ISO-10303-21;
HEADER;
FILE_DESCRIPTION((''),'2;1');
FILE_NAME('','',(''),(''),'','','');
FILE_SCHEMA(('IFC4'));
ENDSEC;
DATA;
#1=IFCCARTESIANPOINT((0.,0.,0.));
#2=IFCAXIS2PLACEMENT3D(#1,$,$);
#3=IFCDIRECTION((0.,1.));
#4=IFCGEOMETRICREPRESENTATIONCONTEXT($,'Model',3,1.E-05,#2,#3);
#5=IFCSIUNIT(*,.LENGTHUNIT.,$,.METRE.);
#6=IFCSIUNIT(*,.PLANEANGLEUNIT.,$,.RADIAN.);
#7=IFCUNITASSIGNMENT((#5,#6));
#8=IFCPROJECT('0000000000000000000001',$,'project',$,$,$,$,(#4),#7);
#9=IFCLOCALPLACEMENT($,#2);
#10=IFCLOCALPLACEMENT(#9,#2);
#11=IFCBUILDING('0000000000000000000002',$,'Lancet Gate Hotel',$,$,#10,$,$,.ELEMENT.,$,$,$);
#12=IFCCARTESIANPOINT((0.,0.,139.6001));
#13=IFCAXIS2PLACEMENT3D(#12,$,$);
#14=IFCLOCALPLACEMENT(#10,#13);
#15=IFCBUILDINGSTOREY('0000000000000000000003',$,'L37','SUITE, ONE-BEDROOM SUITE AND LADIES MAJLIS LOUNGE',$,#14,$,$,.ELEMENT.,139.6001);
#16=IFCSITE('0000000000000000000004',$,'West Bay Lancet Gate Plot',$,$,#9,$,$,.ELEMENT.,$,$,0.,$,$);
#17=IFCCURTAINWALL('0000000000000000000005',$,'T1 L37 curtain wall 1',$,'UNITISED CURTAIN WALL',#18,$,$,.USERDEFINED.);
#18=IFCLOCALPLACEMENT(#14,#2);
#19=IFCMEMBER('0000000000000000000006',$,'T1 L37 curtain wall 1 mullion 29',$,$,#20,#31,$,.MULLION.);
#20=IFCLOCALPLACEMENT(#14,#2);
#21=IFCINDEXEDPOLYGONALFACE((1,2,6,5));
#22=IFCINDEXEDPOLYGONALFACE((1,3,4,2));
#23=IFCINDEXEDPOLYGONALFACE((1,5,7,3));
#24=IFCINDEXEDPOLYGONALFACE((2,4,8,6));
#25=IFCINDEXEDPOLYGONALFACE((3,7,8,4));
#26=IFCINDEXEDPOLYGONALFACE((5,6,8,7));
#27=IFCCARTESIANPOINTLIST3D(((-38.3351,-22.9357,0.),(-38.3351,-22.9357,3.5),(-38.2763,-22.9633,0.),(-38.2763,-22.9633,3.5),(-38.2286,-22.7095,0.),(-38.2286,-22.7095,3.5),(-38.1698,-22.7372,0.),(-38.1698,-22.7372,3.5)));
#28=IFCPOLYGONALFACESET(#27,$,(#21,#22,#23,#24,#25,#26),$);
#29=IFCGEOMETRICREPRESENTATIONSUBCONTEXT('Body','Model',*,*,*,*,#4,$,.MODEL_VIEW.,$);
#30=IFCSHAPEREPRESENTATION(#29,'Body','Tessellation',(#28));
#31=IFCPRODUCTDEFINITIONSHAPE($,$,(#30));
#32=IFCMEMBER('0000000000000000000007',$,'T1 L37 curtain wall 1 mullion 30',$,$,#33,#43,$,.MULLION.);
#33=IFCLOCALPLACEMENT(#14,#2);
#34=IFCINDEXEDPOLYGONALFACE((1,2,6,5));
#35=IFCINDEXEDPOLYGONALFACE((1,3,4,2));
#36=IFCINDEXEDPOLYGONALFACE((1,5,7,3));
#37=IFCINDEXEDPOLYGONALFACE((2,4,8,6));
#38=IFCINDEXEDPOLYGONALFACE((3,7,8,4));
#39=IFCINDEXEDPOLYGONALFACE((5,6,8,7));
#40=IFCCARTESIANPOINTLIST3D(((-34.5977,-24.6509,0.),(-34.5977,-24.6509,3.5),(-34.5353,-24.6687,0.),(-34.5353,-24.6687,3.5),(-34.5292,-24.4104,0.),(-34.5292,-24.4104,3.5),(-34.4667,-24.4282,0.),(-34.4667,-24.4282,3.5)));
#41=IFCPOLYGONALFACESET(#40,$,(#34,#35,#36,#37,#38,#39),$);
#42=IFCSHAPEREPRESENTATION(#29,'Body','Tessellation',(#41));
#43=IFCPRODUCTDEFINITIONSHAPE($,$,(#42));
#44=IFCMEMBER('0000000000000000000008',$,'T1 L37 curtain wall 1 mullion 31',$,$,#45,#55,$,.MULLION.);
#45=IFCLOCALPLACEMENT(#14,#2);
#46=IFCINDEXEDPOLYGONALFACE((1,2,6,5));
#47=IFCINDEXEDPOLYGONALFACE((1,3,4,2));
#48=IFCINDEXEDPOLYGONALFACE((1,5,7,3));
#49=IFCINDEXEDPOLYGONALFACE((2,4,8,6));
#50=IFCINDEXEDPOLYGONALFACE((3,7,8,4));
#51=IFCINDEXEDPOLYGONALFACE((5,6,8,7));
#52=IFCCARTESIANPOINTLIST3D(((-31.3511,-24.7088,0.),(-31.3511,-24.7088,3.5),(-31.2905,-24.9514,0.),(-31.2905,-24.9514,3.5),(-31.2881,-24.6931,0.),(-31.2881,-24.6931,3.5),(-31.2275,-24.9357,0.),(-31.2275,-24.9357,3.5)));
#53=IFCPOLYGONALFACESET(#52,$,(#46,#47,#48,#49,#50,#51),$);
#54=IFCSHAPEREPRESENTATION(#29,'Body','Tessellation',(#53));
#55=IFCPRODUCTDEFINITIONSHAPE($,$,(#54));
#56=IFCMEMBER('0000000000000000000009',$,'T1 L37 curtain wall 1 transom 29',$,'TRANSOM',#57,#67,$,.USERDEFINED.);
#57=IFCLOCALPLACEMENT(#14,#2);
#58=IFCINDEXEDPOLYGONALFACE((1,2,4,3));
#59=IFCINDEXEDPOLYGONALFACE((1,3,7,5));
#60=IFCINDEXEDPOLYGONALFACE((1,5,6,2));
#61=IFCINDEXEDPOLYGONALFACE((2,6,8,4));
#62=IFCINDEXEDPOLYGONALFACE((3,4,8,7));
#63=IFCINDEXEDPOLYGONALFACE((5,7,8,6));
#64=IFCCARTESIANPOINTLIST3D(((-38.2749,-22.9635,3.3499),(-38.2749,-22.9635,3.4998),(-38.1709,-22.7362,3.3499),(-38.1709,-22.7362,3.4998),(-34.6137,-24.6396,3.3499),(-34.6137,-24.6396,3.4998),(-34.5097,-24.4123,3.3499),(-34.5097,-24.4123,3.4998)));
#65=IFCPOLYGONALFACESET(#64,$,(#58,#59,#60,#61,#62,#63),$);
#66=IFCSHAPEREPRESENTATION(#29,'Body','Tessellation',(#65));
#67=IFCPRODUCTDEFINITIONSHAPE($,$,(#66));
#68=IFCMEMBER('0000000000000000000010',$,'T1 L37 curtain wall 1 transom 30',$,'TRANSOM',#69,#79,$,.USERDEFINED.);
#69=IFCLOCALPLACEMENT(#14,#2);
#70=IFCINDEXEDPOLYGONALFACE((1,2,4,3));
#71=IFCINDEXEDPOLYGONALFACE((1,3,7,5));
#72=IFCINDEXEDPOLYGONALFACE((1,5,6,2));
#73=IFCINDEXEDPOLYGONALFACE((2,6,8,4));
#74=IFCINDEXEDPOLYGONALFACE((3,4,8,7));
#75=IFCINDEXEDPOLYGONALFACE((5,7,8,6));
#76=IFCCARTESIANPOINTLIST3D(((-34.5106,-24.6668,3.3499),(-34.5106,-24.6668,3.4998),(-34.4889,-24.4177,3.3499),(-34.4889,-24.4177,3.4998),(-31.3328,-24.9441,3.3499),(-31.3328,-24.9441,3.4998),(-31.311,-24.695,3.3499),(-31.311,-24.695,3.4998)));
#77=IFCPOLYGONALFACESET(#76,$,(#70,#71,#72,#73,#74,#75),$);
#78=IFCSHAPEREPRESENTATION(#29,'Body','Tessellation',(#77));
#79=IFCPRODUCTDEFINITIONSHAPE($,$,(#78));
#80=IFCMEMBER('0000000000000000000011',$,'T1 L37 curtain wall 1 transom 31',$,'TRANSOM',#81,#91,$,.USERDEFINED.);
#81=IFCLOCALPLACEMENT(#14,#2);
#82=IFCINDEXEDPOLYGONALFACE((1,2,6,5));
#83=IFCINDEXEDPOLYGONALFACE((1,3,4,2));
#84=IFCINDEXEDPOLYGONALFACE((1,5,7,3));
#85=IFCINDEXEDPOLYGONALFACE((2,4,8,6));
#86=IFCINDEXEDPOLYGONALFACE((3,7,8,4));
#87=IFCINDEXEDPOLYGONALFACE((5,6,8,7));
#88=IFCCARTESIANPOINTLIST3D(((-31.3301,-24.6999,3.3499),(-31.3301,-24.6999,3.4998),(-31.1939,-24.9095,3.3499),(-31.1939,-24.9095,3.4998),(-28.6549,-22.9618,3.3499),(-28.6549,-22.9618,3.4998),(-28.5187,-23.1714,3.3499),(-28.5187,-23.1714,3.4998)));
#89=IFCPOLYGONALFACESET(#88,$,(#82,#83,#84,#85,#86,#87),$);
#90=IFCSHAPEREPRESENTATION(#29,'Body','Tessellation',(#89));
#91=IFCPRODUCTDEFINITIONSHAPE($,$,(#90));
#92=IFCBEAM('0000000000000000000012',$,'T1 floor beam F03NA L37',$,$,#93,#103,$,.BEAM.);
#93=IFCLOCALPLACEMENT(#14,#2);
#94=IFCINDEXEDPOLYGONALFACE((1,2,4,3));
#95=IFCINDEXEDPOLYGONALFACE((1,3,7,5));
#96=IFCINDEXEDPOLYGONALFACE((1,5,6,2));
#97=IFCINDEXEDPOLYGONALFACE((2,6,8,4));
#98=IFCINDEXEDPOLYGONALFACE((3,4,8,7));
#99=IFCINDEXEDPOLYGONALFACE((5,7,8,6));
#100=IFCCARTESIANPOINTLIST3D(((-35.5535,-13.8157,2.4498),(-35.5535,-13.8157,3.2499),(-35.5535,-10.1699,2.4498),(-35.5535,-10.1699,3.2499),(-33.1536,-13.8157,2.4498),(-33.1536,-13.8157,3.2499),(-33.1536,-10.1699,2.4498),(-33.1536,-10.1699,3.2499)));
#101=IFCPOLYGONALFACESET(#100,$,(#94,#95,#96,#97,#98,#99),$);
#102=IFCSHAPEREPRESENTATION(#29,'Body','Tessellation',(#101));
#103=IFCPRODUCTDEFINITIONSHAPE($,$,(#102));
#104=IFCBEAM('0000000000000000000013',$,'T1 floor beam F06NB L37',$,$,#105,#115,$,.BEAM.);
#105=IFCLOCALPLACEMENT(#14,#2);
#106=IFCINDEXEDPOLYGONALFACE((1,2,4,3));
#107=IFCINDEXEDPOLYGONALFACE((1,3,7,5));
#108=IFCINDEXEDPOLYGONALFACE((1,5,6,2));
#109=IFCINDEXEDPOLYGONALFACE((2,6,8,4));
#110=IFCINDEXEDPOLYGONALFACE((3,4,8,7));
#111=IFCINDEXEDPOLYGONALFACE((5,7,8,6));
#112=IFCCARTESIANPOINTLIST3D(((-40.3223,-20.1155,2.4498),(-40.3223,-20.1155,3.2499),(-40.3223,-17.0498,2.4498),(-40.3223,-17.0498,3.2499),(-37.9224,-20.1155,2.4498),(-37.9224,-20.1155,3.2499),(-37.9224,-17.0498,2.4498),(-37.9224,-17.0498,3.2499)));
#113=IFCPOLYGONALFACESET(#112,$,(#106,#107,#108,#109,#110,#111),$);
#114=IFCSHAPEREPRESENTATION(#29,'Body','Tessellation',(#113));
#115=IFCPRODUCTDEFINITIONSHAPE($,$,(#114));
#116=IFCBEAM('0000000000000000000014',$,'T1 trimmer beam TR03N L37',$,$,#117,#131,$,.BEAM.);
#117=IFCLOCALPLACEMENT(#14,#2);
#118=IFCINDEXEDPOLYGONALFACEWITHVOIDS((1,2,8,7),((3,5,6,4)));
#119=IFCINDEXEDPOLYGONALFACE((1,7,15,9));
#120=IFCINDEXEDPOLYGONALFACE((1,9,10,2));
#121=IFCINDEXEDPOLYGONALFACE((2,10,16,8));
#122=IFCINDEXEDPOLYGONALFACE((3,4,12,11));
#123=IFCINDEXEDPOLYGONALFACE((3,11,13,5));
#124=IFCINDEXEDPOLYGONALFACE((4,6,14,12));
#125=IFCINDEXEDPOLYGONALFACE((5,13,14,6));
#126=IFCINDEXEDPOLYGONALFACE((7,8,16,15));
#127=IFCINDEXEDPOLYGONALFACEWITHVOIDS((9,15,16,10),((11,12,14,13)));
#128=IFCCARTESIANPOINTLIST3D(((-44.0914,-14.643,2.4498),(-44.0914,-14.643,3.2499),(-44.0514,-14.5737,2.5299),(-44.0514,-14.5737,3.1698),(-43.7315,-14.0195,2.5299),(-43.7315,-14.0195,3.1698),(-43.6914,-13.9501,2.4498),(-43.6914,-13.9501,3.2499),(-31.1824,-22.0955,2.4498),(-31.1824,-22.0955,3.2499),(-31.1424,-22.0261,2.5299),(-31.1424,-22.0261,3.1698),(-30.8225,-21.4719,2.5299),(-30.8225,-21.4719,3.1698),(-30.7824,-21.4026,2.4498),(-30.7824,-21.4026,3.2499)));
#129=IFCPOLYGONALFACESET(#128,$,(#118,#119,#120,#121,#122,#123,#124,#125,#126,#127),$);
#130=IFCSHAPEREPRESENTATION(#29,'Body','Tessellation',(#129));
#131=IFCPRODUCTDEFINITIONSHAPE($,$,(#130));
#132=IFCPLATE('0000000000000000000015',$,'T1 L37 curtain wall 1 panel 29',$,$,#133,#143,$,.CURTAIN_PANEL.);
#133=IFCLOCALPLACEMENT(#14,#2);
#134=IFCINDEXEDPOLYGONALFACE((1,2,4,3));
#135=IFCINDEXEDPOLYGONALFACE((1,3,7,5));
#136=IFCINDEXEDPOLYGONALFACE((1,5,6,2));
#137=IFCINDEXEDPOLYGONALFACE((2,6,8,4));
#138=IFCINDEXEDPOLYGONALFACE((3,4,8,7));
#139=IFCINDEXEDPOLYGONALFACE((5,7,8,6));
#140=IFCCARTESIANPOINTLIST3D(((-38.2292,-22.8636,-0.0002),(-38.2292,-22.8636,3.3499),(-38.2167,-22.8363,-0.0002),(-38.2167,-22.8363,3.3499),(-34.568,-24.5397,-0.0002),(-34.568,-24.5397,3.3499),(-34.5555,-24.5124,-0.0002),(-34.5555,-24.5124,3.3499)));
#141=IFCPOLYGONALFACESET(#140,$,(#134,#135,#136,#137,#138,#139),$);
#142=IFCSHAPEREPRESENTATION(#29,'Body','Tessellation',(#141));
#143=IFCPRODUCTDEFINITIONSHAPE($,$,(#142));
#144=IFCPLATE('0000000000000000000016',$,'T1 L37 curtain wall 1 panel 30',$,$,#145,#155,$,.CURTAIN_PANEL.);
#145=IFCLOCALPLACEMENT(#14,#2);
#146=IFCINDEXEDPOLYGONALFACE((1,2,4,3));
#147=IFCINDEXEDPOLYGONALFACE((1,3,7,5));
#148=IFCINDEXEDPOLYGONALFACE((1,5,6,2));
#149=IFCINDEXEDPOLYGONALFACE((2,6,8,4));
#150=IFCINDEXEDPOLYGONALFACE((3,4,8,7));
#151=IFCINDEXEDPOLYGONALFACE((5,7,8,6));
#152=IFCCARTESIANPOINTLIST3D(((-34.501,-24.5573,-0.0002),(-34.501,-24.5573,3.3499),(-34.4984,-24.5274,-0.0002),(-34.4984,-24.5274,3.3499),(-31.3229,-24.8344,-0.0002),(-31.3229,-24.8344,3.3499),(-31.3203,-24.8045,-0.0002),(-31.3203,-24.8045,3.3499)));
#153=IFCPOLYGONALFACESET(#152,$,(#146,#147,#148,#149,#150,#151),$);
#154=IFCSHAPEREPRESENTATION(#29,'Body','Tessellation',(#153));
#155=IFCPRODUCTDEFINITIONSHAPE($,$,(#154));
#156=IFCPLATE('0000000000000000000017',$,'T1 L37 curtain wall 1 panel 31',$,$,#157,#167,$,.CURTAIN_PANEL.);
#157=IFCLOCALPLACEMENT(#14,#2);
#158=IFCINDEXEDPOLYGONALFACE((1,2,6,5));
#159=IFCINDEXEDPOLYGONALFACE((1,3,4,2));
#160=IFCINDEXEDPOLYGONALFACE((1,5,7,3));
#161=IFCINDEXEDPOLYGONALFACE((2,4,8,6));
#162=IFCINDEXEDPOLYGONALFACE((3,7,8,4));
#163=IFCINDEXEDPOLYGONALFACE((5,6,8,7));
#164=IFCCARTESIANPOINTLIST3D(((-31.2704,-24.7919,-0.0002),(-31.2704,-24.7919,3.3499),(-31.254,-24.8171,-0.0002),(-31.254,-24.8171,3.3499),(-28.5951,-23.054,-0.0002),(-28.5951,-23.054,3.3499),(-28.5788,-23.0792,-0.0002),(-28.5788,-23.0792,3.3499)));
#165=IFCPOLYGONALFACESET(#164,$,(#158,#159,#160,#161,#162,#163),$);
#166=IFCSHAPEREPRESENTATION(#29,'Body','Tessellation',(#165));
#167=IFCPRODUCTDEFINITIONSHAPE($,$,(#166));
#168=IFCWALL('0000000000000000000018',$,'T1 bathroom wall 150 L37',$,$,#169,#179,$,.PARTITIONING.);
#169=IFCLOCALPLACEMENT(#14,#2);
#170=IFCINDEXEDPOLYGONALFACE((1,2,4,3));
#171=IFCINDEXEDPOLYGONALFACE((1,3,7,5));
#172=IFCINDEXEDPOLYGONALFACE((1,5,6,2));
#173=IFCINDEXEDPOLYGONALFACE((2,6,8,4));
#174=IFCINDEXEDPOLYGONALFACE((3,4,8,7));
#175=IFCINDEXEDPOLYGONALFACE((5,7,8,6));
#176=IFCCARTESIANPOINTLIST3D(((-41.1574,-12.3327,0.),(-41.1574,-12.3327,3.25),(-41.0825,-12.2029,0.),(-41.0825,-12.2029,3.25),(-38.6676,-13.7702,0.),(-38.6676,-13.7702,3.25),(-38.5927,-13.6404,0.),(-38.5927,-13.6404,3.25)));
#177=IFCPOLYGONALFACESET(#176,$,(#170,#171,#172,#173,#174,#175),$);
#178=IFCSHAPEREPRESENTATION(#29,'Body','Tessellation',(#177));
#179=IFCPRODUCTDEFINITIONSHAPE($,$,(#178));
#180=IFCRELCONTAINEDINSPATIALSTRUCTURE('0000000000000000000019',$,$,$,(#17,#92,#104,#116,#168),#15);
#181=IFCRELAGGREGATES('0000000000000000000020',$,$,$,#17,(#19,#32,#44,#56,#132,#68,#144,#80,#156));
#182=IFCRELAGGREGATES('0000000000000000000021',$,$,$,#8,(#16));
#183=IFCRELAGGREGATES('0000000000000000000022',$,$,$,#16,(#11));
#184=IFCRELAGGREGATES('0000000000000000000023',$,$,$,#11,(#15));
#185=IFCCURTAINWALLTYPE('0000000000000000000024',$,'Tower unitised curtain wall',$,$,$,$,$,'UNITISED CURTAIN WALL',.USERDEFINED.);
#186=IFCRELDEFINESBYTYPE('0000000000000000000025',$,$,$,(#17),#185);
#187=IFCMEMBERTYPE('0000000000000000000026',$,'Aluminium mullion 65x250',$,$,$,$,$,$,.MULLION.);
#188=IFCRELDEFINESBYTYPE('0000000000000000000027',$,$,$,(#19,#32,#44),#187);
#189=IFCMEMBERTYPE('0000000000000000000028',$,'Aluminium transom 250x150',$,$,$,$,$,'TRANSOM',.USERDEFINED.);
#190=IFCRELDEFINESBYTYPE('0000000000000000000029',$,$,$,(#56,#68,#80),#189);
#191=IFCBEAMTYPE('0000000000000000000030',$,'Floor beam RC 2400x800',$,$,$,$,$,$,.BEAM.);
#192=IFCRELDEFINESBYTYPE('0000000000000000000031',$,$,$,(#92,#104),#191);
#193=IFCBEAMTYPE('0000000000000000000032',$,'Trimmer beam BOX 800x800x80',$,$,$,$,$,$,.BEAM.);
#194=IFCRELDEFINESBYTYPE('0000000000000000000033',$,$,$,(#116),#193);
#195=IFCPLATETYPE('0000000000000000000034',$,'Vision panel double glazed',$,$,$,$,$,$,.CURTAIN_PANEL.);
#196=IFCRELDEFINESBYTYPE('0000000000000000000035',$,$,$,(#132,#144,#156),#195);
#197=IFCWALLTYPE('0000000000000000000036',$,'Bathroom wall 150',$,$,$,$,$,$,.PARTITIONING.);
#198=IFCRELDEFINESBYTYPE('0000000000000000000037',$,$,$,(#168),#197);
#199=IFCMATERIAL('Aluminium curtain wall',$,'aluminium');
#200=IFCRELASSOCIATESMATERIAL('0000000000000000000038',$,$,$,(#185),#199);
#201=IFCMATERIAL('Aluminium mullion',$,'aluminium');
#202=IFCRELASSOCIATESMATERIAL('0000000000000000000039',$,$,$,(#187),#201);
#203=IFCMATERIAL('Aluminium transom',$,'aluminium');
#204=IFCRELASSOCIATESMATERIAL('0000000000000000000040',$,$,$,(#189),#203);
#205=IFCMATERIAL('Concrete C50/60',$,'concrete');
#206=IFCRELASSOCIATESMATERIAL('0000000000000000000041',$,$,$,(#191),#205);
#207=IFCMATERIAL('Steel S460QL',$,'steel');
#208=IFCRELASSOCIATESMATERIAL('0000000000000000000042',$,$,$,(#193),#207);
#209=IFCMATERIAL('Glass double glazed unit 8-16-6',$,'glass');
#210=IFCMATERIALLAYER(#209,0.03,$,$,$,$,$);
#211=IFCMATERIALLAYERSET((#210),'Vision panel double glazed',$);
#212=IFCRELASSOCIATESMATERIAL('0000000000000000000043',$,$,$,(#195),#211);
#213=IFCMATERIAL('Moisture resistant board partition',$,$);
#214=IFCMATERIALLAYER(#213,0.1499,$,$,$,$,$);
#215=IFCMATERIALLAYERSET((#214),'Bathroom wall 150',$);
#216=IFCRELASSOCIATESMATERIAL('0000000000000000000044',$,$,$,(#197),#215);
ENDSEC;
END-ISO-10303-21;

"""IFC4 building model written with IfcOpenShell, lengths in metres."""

from ifc_helpers import new_model, si_unit, direction, frame, frame_2d, origin, origin_2d, place, context, subcontext, project, spatial, rectangle, hollow_rectangle, extrude, material, layer, layer_set, material_profile, profile_set, type_object, element, aggregate, save


model = new_model("IFC4")

# Units and contexts
model_context = context("Model", 3, precision=1e-05, world=origin(), true_north=direction((0.0, 1.0)))
body_context = subcontext(model_context, "Body", "Model", "MODEL_VIEW")
ifc_project = project(units=[si_unit("LENGTHUNIT", "METRE"), si_unit("PLANEANGLEUNIT", "RADIAN")], contexts=[model_context])

# Site, building, storey
site_placement = place(None, origin())
site = spatial("IfcSite", under=ifc_project, at=site_placement, Name="West Bay Lancet Gate Plot", CompositionType="ELEMENT", RefElevation=0.0)
building_placement = place(site_placement, origin())
building = spatial("IfcBuilding", under=site, at=building_placement, Name="Lancet Gate Hotel", CompositionType="ELEMENT")
storey_placement = place(building_placement, frame((0.0, 0.0, 139.6001)))
storey = spatial("IfcBuildingStorey", under=building, at=storey_placement, Name="L37", Description="SUITE, ONE-BEDROOM SUITE AND LADIES MAJLIS LOUNGE", CompositionType="ELEMENT", Elevation=139.6001)

# Curtain wall, members
ifc_material_1 = material(Name="Aluminium curtain wall", Category="aluminium")
curtain_wall_type = type_object("IfcCurtainWallType", Name="Tower unitised curtain wall", ElementType="UNITISED CURTAIN WALL", PredefinedType="USERDEFINED", material=ifc_material_1)
curtain_wall_placement = place(storey_placement, origin())
curtain_wall = element("IfcCurtainWall", 1, at=curtain_wall_placement, inside=storey, type_object=curtain_wall_type, Name="T1 L37 curtain wall 1", ObjectType="UNITISED CURTAIN WALL", PredefinedType="USERDEFINED")
ifc_material_2 = material(Name="Aluminium mullion", Category="aluminium")
ifc_material_profile_1 = material_profile(ifc_material_2, rectangle(XDim=0.0649, YDim=0.25, at=origin_2d()), Name="MULLION 65x250")
ifc_profile_set_1 = profile_set([ifc_material_profile_1], Name="Aluminium mullion")
member_type_1 = type_object("IfcMemberType", Name="Aluminium mullion 65x250", PredefinedType="MULLION", material=ifc_profile_set_1)
member_1_placement = place(storey_placement, frame((-38.2524, -22.8364, 0.0), z_axis=(0.0, 0.0, 1.0), x_axis=(0.90472, -0.426008, 0.0)))
member_1 = element("IfcMember", 2, at=member_1_placement, type_object=member_type_1, Name="T1 L37 curtain wall 1 mullion 29", PredefinedType="MULLION", context=body_context, shape_type="SweptSolid", body=[
    extrude(rectangle(XDim=0.0649, YDim=0.25, at=origin_2d()), origin(), (0.0, 0.0, 1.0), 3.5),
])
member_2_placement = place(storey_placement, frame((-34.5322, -24.5396, 0.0), z_axis=(0.0, 0.0, 1.0), x_axis=(0.961653, -0.274268, 0.0)))
member_2 = element("IfcMember", 3, at=member_2_placement, type_object=member_type_1, Name="T1 L37 curtain wall 1 mullion 30", PredefinedType="MULLION", context=body_context, shape_type="SweptSolid", body=[
    extrude(rectangle(XDim=0.0649, YDim=0.25, at=origin_2d()), origin(), (0.0, 0.0, 1.0), 3.5),
])
member_3_placement = place(storey_placement, frame((-31.2893, -24.8223, 0.0), z_axis=(0.0, 0.0, 1.0), x_axis=(0.970242, 0.242137, 0.0)))
member_3 = element("IfcMember", 4, at=member_3_placement, type_object=member_type_1, Name="T1 L37 curtain wall 1 mullion 31", PredefinedType="MULLION", context=body_context, shape_type="SweptSolid", body=[
    extrude(rectangle(XDim=0.0649, YDim=0.25, at=origin_2d()), origin(), (0.0, 0.0, 1.0), 3.5),
])
ifc_material_3 = material(Name="Aluminium transom", Category="aluminium")
ifc_material_profile_2 = material_profile(ifc_material_3, rectangle(XDim=0.25, YDim=0.1499, at=origin_2d()), Name="TRANSOM 250x150")
ifc_profile_set_2 = profile_set([ifc_material_profile_2], Name="Aluminium transom")
member_type_2 = type_object("IfcMemberType", Name="Aluminium transom 250x150", ElementType="TRANSOM", PredefinedType="USERDEFINED", material=ifc_profile_set_2)
member_4_placement = place(storey_placement, frame((-38.2229, -22.8499, 3.4248), z_axis=(0.909252, -0.416245, 0.0), x_axis=(0.416245, 0.909252, 0.0)))
member_4 = element("IfcMember", 5, at=member_4_placement, type_object=member_type_2, Name="T1 L37 curtain wall 1 transom 29", ObjectType="TRANSOM", PredefinedType="USERDEFINED", context=body_context, shape_type="SweptSolid", body=[
    extrude(rectangle(XDim=0.25, YDim=0.1499, at=origin_2d()), origin(), (0.0, 0.0, 1.0), 4.0266),
])
member_5_placement = place(storey_placement, frame((-34.4998, -24.5422, 3.4248), z_axis=(0.996214, -0.08694, 0.0), x_axis=(0.08694, 0.996214, 0.0)))
member_5 = element("IfcMember", 6, at=member_5_placement, type_object=member_type_2, Name="T1 L37 curtain wall 1 transom 30", ObjectType="TRANSOM", PredefinedType="USERDEFINED", context=body_context, shape_type="SweptSolid", body=[
    extrude(rectangle(XDim=0.25, YDim=0.1499, at=origin_2d()), origin(), (0.0, 0.0, 1.0), 3.1899),
])
member_6_placement = place(storey_placement, frame((-31.262, -24.8047, 3.4248), z_axis=(0.83855, 0.544824, 0.0), x_axis=(-0.544824, 0.83855, 0.0)))
member_6 = element("IfcMember", 7, at=member_6_placement, type_object=member_type_2, Name="T1 L37 curtain wall 1 transom 31", ObjectType="TRANSOM", PredefinedType="USERDEFINED", context=body_context, shape_type="SweptSolid", body=[
    extrude(rectangle(XDim=0.25, YDim=0.1499, at=origin_2d()), origin(), (0.0, 0.0, 1.0), 3.1902),
])

# Beams
ifc_material_4 = material(Name="Concrete C50/60", Category="concrete")
ifc_material_profile_3 = material_profile(ifc_material_4, rectangle(XDim=2.3999, YDim=0.8, at=origin_2d()), Name="RC 2400x800")
ifc_profile_set_3 = profile_set([ifc_material_profile_3], Name="Concrete C50/60")
beam_type_1 = type_object("IfcBeamType", Name="Floor beam RC 2400x800", PredefinedType="BEAM", material=ifc_profile_set_3)
beam_1_placement = place(storey_placement, frame((-34.3535, -10.1699, 2.8499), z_axis=(0.0, -1.0, 0.0), x_axis=(1.0, 0.0, 0.0)))
element("IfcBeam", 8, at=beam_1_placement, inside=storey, type_object=beam_type_1, Name="T1 floor beam F03NA L37", PredefinedType="BEAM", context=body_context, shape_type="SweptSolid", body=[
    extrude(rectangle(XDim=2.3999, YDim=0.8, at=origin_2d()), origin(), (0.0, 0.0, 1.0), 3.6458),
])
beam_2_placement = place(storey_placement, frame((-39.1223, -17.0498, 2.8499), z_axis=(0.0, -1.0, 0.0), x_axis=(1.0, 0.0, 0.0)))
element("IfcBeam", 9, at=beam_2_placement, inside=storey, type_object=beam_type_1, Name="T1 floor beam F06NB L37", PredefinedType="BEAM", context=body_context, shape_type="SweptSolid", body=[
    extrude(rectangle(XDim=2.3999, YDim=0.8, at=origin_2d()), origin(), (0.0, 0.0, 1.0), 3.0657),
])
ifc_material_5 = material(Name="Steel S460QL", Category="steel")
ifc_material_profile_4 = material_profile(ifc_material_5, hollow_rectangle(XDim=0.8, YDim=0.8, WallThickness=0.0801, at=origin_2d()), Name="BOX 800x800x80")
ifc_profile_set_4 = profile_set([ifc_material_profile_4], Name="Steel S460QL")
beam_type_2 = type_object("IfcBeamType", Name="Trimmer beam BOX 800x800x80", PredefinedType="BEAM", material=ifc_profile_set_4)
beam_3_placement = place(storey_placement, frame((-30.9824, -21.749, 2.8499), z_axis=(-0.866042, 0.499971, 0.0), x_axis=(-0.499971, -0.866042, 0.0)))
element("IfcBeam", 10, at=beam_3_placement, inside=storey, type_object=beam_type_2, Name="T1 trimmer beam TR03N L37", PredefinedType="BEAM", context=body_context, shape_type="SweptSolid", body=[
    extrude(hollow_rectangle(XDim=0.8, YDim=0.8, WallThickness=0.0801, at=origin_2d()), origin(), (0.0, 0.0, 1.0), 14.9058),
])

# Plates
ifc_material_6 = material(Name="Glass double glazed unit 8-16-6", Category="glass")
ifc_layer_1 = layer(ifc_material_6, 0.03)
ifc_layer_set_1 = layer_set([ifc_layer_1], Name="Vision panel double glazed")
plate_type = type_object("IfcPlateType", Name="Vision panel double glazed", PredefinedType="CURTAIN_PANEL", material=ifc_layer_set_1)
plate_1_placement = place(storey_placement, frame((-36.3923, -23.688, -0.0002), z_axis=(0.0, 0.0, 1.0), x_axis=(0.909253, -0.416245, 0.0)))
plate_1 = element("IfcPlate", 11, at=plate_1_placement, type_object=plate_type, Name="T1 L37 curtain wall 1 panel 29", PredefinedType="CURTAIN_PANEL", context=body_context, shape_type="SweptSolid", body=[
    extrude(rectangle(XDim=4.0266, YDim=0.03, at=origin_2d()), origin(), (0.0, 0.0, 1.0), 3.3501),
])
plate_2_placement = place(storey_placement, frame((-32.9106, -24.6809, -0.0002), z_axis=(0.0, 0.0, 1.0), x_axis=(0.996219, -0.08688, 0.0)))
plate_2 = element("IfcPlate", 12, at=plate_2_placement, type_object=plate_type, Name="T1 L37 curtain wall 1 panel 30", PredefinedType="CURTAIN_PANEL", context=body_context, shape_type="SweptSolid", body=[
    extrude(rectangle(XDim=3.1902, YDim=0.03, at=origin_2d()), origin(), (0.0, 0.0, 1.0), 3.3501),
])
plate_3_placement = place(storey_placement, frame((-29.9246, -23.9355, -0.0002), z_axis=(0.0, 0.0, 1.0), x_axis=(0.83858, 0.544778, 0.0)))
plate_3 = element("IfcPlate", 13, at=plate_3_placement, type_object=plate_type, Name="T1 L37 curtain wall 1 panel 31", PredefinedType="CURTAIN_PANEL", context=body_context, shape_type="SweptSolid", body=[
    extrude(rectangle(XDim=3.1902, YDim=0.03, at=origin_2d()), origin(), (0.0, 0.0, 1.0), 3.3501),
])
aggregate(curtain_wall, [member_1, member_2, member_3, member_4, plate_1, member_5, plate_2, member_6, plate_3])

# Wall
ifc_material_7 = material(Name="Moisture resistant board partition")
ifc_layer_2 = layer(ifc_material_7, 0.1499)
ifc_layer_set_2 = layer_set([ifc_layer_2], Name="Bathroom wall 150")
wall_type_1 = type_object("IfcWallType", Name="Bathroom wall 150", PredefinedType="PARTITIONING", material=ifc_layer_set_2)
wall_1_placement = place(storey_placement, frame((-38.6301, -13.7053, 0.0), z_axis=(0.0, 0.0, 1.0), x_axis=(-0.866019, 0.500012, 0.0)))
element("IfcWall", 14, at=wall_1_placement, inside=storey, type_object=wall_type_1, Name="T1 bathroom wall 150 L37", PredefinedType="PARTITIONING", context=body_context, shape_type="SweptSolid", body=[
    extrude(rectangle(XDim=2.875, YDim=0.1499, at=frame_2d((1.4375, 0.0))), origin(), (0.0, 0.0, 1.0), 3.25),
])

save(model, "model.ifc")
